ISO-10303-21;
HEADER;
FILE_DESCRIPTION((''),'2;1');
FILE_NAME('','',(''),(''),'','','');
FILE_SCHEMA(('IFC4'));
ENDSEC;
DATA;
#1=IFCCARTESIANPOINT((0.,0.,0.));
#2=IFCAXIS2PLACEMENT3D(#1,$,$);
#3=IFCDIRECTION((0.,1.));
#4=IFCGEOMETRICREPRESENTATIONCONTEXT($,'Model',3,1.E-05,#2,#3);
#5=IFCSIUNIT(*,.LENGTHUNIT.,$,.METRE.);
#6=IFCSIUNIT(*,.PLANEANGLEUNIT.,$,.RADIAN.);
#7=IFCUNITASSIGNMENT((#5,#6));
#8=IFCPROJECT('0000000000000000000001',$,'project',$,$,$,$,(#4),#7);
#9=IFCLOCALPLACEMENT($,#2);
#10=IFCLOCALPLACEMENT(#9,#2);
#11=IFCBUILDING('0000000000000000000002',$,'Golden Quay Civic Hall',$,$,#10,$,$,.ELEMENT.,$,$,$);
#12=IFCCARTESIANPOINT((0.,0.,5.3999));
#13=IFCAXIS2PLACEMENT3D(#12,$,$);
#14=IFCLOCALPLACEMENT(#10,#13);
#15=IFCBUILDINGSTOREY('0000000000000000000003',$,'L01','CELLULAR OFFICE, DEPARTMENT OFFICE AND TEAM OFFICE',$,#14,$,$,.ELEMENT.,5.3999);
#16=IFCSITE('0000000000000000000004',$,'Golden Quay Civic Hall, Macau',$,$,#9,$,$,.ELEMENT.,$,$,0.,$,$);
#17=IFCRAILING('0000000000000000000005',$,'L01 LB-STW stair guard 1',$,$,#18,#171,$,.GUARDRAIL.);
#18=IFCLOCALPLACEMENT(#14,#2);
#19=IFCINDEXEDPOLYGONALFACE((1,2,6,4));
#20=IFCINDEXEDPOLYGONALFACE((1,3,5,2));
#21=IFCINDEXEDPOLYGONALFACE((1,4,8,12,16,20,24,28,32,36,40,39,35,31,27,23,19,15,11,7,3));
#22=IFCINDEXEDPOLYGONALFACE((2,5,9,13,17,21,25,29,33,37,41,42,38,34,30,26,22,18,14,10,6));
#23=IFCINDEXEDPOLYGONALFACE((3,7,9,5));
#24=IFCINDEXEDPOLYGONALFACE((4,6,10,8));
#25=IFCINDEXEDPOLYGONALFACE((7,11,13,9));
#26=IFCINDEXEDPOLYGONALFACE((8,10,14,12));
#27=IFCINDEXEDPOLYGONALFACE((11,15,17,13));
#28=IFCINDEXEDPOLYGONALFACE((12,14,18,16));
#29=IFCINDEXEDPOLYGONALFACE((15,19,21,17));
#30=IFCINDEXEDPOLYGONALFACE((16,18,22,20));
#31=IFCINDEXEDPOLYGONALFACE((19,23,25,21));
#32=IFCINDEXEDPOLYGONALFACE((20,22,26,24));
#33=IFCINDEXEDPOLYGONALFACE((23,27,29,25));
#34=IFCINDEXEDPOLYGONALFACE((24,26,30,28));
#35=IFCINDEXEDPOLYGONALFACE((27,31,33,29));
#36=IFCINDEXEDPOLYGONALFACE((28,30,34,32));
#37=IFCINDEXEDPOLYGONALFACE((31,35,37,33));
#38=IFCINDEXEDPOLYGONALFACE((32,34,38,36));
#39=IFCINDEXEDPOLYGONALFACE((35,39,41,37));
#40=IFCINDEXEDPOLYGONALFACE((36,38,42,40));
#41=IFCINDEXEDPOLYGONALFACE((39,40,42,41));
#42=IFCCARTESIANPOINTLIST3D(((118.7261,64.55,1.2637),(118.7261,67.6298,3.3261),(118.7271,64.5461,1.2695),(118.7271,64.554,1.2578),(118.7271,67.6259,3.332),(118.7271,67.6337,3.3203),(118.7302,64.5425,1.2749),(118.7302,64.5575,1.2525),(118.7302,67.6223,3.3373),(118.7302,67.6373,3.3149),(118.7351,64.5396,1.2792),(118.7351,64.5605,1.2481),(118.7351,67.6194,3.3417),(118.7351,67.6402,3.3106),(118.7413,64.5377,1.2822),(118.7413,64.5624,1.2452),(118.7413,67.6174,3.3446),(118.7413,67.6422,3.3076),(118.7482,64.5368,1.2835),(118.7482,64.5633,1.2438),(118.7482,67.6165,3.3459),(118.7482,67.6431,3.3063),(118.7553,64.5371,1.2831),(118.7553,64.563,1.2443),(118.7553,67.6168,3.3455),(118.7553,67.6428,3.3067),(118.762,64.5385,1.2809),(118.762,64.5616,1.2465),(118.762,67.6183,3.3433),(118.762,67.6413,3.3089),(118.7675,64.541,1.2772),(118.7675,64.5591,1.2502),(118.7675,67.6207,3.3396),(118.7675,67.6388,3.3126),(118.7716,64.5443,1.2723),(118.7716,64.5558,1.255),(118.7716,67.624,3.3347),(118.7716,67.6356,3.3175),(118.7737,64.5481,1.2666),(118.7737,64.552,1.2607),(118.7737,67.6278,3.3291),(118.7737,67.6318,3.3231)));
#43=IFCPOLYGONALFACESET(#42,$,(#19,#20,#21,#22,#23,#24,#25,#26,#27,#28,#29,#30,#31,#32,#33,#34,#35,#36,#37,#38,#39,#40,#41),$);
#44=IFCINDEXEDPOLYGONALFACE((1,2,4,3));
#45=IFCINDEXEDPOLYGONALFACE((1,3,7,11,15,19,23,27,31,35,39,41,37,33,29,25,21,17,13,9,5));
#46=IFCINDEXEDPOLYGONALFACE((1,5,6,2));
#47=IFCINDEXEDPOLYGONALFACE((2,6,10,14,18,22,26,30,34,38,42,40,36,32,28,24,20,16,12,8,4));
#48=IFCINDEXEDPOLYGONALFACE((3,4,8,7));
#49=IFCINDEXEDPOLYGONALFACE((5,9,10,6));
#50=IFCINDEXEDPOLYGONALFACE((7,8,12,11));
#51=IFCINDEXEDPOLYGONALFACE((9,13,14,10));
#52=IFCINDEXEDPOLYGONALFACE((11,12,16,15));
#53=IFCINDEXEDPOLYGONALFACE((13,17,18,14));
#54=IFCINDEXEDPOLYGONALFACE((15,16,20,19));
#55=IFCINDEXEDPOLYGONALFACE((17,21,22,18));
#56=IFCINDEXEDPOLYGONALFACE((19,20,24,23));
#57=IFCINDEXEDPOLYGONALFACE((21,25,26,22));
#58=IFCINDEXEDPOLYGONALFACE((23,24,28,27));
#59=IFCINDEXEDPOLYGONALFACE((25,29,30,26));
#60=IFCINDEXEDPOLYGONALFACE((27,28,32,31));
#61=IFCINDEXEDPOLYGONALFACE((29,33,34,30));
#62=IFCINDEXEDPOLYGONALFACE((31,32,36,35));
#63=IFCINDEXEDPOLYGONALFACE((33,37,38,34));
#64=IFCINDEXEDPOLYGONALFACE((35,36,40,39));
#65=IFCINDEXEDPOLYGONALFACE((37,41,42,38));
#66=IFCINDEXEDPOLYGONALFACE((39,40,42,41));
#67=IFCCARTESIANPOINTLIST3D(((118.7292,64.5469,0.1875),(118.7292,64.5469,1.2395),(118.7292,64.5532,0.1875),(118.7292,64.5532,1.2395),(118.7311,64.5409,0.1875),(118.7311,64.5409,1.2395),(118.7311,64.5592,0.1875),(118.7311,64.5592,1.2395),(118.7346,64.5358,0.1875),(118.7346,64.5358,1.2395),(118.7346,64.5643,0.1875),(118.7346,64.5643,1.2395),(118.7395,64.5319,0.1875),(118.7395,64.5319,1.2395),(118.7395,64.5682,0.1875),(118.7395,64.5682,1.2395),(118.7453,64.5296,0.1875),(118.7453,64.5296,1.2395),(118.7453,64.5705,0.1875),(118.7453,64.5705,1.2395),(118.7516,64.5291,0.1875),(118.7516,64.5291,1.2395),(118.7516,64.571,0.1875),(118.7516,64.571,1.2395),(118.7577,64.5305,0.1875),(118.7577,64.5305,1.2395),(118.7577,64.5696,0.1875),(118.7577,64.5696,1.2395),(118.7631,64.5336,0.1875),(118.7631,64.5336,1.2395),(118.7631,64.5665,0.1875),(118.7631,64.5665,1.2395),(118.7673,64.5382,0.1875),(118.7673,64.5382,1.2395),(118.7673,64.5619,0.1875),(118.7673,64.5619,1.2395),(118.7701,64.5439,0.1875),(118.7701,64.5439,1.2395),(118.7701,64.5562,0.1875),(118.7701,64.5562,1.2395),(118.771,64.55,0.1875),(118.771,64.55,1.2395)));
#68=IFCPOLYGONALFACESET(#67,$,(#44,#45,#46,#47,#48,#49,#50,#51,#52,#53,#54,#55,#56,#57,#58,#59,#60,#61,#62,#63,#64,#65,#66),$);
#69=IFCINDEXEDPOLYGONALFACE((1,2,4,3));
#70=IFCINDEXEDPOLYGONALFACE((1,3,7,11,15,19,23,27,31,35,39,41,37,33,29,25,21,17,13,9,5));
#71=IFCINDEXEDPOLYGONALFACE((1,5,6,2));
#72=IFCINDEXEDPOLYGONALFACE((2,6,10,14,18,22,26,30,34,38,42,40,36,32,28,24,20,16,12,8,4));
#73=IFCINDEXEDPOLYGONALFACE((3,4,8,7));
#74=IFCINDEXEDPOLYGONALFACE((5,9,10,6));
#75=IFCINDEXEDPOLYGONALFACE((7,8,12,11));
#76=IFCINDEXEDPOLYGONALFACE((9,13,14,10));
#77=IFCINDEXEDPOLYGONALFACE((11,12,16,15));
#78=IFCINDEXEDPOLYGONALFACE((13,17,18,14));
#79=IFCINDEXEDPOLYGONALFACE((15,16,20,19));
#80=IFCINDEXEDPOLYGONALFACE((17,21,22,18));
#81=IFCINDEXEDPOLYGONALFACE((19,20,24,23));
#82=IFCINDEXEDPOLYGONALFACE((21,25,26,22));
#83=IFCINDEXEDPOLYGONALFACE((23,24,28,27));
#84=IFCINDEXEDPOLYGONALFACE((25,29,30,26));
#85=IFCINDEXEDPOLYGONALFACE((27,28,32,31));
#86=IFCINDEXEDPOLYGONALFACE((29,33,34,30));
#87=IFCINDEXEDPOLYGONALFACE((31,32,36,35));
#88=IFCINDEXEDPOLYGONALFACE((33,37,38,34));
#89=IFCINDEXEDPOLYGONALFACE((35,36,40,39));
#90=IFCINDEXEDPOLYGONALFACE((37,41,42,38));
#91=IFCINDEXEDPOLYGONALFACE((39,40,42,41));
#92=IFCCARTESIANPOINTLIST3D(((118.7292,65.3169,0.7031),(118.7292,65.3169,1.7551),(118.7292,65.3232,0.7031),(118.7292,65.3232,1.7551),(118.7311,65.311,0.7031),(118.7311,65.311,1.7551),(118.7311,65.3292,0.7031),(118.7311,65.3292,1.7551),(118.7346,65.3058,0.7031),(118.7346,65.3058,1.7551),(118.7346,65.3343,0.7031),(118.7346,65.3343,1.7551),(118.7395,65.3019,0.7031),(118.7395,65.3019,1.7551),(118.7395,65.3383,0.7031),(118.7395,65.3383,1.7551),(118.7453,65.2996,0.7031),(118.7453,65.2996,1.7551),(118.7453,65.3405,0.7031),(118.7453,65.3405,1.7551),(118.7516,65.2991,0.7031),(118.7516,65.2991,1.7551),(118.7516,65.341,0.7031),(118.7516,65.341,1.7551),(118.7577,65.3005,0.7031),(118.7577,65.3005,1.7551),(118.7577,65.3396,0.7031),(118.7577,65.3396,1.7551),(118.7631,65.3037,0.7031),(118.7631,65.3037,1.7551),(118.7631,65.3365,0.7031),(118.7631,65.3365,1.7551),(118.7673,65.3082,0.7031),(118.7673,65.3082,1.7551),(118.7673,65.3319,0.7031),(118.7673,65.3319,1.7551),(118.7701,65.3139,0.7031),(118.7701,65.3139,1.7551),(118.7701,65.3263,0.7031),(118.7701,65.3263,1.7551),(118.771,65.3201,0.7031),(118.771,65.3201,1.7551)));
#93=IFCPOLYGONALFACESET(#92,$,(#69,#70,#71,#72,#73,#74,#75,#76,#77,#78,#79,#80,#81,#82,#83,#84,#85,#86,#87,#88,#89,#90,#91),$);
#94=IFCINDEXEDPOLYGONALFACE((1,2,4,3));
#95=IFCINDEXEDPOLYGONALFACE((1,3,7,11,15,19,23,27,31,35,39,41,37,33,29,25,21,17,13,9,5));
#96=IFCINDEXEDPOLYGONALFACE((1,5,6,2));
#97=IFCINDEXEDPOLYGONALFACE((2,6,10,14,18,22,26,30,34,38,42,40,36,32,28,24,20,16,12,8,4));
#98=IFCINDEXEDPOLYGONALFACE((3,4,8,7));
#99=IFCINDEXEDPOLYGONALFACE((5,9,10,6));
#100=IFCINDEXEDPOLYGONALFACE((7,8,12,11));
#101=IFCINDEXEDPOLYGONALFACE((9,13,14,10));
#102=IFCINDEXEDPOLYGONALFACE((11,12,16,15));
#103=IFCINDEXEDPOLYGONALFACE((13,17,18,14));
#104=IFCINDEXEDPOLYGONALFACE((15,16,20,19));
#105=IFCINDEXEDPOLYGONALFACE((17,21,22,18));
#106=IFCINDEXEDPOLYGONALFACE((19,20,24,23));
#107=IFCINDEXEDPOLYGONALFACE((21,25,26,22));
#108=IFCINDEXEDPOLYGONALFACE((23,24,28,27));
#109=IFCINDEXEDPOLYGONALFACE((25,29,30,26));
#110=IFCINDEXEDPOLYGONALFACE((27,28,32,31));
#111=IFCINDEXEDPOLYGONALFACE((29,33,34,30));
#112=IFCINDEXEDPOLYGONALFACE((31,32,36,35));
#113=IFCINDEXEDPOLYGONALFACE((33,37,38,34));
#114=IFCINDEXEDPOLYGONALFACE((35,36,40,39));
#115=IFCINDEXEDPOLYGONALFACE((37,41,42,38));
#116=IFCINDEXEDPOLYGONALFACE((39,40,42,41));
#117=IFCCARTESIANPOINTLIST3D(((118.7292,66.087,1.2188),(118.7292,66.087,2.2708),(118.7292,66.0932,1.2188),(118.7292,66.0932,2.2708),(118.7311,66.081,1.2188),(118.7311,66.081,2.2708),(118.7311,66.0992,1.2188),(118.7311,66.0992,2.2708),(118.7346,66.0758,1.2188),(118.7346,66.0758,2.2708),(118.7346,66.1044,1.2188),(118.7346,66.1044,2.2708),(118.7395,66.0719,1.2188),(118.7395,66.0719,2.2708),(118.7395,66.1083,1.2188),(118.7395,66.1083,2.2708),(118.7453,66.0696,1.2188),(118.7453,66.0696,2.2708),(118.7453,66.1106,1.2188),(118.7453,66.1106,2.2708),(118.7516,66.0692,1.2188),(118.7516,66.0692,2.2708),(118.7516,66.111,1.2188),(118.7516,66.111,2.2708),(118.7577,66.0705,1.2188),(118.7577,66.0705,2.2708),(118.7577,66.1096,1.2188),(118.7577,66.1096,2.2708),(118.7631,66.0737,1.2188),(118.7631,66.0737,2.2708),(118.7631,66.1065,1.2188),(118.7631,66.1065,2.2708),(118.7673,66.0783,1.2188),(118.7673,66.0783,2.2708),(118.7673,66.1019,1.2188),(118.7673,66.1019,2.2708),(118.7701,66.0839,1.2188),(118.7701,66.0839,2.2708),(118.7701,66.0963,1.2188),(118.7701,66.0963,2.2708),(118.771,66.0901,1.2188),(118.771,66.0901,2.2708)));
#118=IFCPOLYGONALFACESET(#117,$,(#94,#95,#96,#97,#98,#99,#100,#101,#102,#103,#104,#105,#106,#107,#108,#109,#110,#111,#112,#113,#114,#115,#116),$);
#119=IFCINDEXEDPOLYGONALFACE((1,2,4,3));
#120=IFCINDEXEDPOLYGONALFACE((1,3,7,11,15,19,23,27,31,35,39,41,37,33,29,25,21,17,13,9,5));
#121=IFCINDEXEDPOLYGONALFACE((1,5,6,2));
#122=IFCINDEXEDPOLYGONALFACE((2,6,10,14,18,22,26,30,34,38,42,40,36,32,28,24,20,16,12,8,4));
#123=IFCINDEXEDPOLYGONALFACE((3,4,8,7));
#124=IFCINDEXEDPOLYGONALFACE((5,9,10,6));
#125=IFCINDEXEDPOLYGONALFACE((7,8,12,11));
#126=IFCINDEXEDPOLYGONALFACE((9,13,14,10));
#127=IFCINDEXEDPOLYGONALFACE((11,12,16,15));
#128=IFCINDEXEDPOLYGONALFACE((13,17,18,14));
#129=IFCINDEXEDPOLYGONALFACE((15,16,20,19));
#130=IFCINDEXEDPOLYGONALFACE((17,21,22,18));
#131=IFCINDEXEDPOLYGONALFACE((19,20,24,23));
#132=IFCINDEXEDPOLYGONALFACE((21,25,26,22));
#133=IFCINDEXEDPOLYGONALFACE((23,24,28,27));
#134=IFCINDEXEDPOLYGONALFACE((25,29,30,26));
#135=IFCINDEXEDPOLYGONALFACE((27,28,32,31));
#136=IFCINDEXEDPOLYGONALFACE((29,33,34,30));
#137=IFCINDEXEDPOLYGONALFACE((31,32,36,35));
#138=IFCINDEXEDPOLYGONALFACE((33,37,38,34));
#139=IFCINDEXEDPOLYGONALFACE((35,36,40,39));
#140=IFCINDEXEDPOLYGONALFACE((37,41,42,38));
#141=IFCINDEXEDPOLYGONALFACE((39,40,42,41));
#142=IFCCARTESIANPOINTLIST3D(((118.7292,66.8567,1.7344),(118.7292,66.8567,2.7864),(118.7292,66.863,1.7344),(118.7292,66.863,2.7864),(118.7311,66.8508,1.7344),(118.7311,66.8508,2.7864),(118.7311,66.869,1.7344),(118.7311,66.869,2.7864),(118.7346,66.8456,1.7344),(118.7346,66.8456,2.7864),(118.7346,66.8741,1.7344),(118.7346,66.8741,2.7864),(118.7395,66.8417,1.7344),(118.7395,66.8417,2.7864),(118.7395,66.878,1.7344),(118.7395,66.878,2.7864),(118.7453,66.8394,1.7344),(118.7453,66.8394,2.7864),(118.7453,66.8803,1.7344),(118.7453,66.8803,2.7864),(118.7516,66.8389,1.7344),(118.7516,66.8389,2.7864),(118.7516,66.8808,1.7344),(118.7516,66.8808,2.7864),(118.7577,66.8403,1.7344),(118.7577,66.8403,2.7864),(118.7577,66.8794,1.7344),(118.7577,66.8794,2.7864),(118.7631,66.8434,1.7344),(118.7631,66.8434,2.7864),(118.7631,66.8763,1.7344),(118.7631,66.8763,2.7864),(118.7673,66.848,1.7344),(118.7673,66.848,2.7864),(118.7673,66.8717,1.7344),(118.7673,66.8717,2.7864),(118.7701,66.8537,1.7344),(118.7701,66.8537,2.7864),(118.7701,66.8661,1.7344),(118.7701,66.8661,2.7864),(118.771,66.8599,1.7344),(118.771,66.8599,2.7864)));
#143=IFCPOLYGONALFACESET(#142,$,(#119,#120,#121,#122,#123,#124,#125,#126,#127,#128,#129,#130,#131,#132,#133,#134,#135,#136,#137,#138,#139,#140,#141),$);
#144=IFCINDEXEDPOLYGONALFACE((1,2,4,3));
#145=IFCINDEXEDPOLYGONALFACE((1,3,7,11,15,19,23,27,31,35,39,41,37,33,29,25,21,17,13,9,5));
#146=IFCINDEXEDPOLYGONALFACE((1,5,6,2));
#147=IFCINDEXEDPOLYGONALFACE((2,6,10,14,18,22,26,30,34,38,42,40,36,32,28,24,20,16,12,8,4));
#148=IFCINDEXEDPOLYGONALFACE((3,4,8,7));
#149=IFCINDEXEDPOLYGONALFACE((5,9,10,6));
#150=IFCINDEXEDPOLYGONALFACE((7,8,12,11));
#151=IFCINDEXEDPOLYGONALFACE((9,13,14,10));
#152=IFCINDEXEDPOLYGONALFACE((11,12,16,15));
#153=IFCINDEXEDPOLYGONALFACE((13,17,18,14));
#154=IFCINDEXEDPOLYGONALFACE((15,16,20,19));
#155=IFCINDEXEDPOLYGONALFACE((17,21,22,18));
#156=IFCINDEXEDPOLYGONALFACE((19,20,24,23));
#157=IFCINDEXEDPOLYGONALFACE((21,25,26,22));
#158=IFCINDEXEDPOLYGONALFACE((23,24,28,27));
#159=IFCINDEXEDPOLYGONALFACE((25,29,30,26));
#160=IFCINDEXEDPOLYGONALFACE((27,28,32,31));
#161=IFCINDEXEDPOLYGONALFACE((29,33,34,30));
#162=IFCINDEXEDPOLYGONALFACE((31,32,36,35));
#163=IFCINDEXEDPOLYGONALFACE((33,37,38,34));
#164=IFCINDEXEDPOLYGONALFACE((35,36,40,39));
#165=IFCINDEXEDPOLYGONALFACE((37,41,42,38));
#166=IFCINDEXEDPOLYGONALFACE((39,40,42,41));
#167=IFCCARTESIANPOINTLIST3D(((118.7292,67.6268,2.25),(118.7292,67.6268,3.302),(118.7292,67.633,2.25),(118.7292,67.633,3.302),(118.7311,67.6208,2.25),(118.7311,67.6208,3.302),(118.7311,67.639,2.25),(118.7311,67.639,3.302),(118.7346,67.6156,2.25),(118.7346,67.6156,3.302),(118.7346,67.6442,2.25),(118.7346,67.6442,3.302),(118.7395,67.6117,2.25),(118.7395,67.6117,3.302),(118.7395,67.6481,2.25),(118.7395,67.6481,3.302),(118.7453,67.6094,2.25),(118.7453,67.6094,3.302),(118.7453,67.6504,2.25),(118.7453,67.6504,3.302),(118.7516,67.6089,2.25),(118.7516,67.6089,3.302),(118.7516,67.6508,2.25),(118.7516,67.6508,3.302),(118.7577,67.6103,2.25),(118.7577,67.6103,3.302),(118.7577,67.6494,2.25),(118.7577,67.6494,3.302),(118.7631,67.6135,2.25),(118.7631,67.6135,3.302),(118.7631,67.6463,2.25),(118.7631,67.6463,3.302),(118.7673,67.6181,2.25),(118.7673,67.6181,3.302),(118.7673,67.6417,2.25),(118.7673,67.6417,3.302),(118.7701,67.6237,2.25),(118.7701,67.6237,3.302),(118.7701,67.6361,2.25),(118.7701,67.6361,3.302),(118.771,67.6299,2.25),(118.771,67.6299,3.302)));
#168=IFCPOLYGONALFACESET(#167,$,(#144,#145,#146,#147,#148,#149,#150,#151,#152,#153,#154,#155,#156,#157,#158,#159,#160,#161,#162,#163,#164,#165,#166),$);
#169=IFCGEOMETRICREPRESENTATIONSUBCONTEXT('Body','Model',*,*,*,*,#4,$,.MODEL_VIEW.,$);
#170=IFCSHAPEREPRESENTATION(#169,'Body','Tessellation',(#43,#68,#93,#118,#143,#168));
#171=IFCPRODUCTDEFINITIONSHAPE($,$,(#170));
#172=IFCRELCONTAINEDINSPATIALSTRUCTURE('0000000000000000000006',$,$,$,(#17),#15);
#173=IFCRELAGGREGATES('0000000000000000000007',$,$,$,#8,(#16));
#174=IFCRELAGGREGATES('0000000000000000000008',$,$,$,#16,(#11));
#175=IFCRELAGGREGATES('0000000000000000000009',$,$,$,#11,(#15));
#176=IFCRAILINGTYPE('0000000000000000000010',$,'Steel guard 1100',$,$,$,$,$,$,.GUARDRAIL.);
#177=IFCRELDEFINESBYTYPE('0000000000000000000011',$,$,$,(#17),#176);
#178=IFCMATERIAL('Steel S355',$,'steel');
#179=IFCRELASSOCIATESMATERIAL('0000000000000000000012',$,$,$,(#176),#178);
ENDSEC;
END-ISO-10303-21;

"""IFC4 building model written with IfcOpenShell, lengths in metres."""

from ifc_helpers import new_model, si_unit, direction, frame, origin, origin_2d, place, context, subcontext, project, spatial, circle, extrude, material, type_object, element, save


model = new_model("IFC4")

# Units and contexts
model_context = context("Model", 3, precision=1e-05, world=origin(), true_north=direction((0.0, 1.0)))
body_context = subcontext(model_context, "Body", "Model", "MODEL_VIEW")
ifc_project = project(units=[si_unit("LENGTHUNIT", "METRE"), si_unit("PLANEANGLEUNIT", "RADIAN")], contexts=[model_context])

# Site, building, storey
site_placement = place(None, origin())
site = spatial("IfcSite", under=ifc_project, at=site_placement, Name="Golden Quay Civic Hall, Macau", CompositionType="ELEMENT", RefElevation=0.0)
building_placement = place(site_placement, origin())
building = spatial("IfcBuilding", under=site, at=building_placement, Name="Golden Quay Civic Hall", CompositionType="ELEMENT")
storey_placement = place(building_placement, frame((0.0, 0.0, 5.3999)))
storey = spatial("IfcBuildingStorey", under=building, at=storey_placement, Name="L01", Description="CELLULAR OFFICE, DEPARTMENT OFFICE AND TEAM OFFICE", CompositionType="ELEMENT", Elevation=5.3999)

# Railing
ifc_material_1 = material(Name="Steel S355", Category="steel")
railing_type_1 = type_object("IfcRailingType", Name="Steel guard 1100", PredefinedType="GUARDRAIL", material=ifc_material_1)
railing_1_placement = place(storey_placement, frame((118.75, 64.55, 0.1875)))
element("IfcRailing", 1, at=railing_1_placement, inside=storey, type_object=railing_type_1, Name="L01 LB-STW stair guard 1", PredefinedType="GUARDRAIL", context=body_context, shape_type="SweptSolid", body=[
    extrude(circle(Radius=0.0239, at=origin_2d()), frame((0.0, 0.0, 1.0762), z_axis=(0.0, 0.830893, 0.556432), x_axis=(-1.0, 0.0, 0.0)), (0.0, 0.0, 1.0), 3.7065),
    extrude(circle(Radius=0.021, at=origin_2d()), origin(), (0.0, 0.0, 1.0), 1.052),
    extrude(circle(Radius=0.021, at=origin_2d()), frame((0.0, 0.77, 0.5156)), (0.0, 0.0, 1.0), 1.052),
    extrude(circle(Radius=0.021, at=origin_2d()), frame((0.0, 1.54, 1.0312)), (0.0, 0.0, 1.0), 1.052),
    extrude(circle(Radius=0.021, at=origin_2d()), frame((0.0, 2.3098, 1.5469)), (0.0, 0.0, 1.0), 1.052),
    extrude(circle(Radius=0.021, at=origin_2d()), frame((0.0, 3.0798, 2.0625)), (0.0, 0.0, 1.0), 1.052),
])

save(model, "model.ifc")
